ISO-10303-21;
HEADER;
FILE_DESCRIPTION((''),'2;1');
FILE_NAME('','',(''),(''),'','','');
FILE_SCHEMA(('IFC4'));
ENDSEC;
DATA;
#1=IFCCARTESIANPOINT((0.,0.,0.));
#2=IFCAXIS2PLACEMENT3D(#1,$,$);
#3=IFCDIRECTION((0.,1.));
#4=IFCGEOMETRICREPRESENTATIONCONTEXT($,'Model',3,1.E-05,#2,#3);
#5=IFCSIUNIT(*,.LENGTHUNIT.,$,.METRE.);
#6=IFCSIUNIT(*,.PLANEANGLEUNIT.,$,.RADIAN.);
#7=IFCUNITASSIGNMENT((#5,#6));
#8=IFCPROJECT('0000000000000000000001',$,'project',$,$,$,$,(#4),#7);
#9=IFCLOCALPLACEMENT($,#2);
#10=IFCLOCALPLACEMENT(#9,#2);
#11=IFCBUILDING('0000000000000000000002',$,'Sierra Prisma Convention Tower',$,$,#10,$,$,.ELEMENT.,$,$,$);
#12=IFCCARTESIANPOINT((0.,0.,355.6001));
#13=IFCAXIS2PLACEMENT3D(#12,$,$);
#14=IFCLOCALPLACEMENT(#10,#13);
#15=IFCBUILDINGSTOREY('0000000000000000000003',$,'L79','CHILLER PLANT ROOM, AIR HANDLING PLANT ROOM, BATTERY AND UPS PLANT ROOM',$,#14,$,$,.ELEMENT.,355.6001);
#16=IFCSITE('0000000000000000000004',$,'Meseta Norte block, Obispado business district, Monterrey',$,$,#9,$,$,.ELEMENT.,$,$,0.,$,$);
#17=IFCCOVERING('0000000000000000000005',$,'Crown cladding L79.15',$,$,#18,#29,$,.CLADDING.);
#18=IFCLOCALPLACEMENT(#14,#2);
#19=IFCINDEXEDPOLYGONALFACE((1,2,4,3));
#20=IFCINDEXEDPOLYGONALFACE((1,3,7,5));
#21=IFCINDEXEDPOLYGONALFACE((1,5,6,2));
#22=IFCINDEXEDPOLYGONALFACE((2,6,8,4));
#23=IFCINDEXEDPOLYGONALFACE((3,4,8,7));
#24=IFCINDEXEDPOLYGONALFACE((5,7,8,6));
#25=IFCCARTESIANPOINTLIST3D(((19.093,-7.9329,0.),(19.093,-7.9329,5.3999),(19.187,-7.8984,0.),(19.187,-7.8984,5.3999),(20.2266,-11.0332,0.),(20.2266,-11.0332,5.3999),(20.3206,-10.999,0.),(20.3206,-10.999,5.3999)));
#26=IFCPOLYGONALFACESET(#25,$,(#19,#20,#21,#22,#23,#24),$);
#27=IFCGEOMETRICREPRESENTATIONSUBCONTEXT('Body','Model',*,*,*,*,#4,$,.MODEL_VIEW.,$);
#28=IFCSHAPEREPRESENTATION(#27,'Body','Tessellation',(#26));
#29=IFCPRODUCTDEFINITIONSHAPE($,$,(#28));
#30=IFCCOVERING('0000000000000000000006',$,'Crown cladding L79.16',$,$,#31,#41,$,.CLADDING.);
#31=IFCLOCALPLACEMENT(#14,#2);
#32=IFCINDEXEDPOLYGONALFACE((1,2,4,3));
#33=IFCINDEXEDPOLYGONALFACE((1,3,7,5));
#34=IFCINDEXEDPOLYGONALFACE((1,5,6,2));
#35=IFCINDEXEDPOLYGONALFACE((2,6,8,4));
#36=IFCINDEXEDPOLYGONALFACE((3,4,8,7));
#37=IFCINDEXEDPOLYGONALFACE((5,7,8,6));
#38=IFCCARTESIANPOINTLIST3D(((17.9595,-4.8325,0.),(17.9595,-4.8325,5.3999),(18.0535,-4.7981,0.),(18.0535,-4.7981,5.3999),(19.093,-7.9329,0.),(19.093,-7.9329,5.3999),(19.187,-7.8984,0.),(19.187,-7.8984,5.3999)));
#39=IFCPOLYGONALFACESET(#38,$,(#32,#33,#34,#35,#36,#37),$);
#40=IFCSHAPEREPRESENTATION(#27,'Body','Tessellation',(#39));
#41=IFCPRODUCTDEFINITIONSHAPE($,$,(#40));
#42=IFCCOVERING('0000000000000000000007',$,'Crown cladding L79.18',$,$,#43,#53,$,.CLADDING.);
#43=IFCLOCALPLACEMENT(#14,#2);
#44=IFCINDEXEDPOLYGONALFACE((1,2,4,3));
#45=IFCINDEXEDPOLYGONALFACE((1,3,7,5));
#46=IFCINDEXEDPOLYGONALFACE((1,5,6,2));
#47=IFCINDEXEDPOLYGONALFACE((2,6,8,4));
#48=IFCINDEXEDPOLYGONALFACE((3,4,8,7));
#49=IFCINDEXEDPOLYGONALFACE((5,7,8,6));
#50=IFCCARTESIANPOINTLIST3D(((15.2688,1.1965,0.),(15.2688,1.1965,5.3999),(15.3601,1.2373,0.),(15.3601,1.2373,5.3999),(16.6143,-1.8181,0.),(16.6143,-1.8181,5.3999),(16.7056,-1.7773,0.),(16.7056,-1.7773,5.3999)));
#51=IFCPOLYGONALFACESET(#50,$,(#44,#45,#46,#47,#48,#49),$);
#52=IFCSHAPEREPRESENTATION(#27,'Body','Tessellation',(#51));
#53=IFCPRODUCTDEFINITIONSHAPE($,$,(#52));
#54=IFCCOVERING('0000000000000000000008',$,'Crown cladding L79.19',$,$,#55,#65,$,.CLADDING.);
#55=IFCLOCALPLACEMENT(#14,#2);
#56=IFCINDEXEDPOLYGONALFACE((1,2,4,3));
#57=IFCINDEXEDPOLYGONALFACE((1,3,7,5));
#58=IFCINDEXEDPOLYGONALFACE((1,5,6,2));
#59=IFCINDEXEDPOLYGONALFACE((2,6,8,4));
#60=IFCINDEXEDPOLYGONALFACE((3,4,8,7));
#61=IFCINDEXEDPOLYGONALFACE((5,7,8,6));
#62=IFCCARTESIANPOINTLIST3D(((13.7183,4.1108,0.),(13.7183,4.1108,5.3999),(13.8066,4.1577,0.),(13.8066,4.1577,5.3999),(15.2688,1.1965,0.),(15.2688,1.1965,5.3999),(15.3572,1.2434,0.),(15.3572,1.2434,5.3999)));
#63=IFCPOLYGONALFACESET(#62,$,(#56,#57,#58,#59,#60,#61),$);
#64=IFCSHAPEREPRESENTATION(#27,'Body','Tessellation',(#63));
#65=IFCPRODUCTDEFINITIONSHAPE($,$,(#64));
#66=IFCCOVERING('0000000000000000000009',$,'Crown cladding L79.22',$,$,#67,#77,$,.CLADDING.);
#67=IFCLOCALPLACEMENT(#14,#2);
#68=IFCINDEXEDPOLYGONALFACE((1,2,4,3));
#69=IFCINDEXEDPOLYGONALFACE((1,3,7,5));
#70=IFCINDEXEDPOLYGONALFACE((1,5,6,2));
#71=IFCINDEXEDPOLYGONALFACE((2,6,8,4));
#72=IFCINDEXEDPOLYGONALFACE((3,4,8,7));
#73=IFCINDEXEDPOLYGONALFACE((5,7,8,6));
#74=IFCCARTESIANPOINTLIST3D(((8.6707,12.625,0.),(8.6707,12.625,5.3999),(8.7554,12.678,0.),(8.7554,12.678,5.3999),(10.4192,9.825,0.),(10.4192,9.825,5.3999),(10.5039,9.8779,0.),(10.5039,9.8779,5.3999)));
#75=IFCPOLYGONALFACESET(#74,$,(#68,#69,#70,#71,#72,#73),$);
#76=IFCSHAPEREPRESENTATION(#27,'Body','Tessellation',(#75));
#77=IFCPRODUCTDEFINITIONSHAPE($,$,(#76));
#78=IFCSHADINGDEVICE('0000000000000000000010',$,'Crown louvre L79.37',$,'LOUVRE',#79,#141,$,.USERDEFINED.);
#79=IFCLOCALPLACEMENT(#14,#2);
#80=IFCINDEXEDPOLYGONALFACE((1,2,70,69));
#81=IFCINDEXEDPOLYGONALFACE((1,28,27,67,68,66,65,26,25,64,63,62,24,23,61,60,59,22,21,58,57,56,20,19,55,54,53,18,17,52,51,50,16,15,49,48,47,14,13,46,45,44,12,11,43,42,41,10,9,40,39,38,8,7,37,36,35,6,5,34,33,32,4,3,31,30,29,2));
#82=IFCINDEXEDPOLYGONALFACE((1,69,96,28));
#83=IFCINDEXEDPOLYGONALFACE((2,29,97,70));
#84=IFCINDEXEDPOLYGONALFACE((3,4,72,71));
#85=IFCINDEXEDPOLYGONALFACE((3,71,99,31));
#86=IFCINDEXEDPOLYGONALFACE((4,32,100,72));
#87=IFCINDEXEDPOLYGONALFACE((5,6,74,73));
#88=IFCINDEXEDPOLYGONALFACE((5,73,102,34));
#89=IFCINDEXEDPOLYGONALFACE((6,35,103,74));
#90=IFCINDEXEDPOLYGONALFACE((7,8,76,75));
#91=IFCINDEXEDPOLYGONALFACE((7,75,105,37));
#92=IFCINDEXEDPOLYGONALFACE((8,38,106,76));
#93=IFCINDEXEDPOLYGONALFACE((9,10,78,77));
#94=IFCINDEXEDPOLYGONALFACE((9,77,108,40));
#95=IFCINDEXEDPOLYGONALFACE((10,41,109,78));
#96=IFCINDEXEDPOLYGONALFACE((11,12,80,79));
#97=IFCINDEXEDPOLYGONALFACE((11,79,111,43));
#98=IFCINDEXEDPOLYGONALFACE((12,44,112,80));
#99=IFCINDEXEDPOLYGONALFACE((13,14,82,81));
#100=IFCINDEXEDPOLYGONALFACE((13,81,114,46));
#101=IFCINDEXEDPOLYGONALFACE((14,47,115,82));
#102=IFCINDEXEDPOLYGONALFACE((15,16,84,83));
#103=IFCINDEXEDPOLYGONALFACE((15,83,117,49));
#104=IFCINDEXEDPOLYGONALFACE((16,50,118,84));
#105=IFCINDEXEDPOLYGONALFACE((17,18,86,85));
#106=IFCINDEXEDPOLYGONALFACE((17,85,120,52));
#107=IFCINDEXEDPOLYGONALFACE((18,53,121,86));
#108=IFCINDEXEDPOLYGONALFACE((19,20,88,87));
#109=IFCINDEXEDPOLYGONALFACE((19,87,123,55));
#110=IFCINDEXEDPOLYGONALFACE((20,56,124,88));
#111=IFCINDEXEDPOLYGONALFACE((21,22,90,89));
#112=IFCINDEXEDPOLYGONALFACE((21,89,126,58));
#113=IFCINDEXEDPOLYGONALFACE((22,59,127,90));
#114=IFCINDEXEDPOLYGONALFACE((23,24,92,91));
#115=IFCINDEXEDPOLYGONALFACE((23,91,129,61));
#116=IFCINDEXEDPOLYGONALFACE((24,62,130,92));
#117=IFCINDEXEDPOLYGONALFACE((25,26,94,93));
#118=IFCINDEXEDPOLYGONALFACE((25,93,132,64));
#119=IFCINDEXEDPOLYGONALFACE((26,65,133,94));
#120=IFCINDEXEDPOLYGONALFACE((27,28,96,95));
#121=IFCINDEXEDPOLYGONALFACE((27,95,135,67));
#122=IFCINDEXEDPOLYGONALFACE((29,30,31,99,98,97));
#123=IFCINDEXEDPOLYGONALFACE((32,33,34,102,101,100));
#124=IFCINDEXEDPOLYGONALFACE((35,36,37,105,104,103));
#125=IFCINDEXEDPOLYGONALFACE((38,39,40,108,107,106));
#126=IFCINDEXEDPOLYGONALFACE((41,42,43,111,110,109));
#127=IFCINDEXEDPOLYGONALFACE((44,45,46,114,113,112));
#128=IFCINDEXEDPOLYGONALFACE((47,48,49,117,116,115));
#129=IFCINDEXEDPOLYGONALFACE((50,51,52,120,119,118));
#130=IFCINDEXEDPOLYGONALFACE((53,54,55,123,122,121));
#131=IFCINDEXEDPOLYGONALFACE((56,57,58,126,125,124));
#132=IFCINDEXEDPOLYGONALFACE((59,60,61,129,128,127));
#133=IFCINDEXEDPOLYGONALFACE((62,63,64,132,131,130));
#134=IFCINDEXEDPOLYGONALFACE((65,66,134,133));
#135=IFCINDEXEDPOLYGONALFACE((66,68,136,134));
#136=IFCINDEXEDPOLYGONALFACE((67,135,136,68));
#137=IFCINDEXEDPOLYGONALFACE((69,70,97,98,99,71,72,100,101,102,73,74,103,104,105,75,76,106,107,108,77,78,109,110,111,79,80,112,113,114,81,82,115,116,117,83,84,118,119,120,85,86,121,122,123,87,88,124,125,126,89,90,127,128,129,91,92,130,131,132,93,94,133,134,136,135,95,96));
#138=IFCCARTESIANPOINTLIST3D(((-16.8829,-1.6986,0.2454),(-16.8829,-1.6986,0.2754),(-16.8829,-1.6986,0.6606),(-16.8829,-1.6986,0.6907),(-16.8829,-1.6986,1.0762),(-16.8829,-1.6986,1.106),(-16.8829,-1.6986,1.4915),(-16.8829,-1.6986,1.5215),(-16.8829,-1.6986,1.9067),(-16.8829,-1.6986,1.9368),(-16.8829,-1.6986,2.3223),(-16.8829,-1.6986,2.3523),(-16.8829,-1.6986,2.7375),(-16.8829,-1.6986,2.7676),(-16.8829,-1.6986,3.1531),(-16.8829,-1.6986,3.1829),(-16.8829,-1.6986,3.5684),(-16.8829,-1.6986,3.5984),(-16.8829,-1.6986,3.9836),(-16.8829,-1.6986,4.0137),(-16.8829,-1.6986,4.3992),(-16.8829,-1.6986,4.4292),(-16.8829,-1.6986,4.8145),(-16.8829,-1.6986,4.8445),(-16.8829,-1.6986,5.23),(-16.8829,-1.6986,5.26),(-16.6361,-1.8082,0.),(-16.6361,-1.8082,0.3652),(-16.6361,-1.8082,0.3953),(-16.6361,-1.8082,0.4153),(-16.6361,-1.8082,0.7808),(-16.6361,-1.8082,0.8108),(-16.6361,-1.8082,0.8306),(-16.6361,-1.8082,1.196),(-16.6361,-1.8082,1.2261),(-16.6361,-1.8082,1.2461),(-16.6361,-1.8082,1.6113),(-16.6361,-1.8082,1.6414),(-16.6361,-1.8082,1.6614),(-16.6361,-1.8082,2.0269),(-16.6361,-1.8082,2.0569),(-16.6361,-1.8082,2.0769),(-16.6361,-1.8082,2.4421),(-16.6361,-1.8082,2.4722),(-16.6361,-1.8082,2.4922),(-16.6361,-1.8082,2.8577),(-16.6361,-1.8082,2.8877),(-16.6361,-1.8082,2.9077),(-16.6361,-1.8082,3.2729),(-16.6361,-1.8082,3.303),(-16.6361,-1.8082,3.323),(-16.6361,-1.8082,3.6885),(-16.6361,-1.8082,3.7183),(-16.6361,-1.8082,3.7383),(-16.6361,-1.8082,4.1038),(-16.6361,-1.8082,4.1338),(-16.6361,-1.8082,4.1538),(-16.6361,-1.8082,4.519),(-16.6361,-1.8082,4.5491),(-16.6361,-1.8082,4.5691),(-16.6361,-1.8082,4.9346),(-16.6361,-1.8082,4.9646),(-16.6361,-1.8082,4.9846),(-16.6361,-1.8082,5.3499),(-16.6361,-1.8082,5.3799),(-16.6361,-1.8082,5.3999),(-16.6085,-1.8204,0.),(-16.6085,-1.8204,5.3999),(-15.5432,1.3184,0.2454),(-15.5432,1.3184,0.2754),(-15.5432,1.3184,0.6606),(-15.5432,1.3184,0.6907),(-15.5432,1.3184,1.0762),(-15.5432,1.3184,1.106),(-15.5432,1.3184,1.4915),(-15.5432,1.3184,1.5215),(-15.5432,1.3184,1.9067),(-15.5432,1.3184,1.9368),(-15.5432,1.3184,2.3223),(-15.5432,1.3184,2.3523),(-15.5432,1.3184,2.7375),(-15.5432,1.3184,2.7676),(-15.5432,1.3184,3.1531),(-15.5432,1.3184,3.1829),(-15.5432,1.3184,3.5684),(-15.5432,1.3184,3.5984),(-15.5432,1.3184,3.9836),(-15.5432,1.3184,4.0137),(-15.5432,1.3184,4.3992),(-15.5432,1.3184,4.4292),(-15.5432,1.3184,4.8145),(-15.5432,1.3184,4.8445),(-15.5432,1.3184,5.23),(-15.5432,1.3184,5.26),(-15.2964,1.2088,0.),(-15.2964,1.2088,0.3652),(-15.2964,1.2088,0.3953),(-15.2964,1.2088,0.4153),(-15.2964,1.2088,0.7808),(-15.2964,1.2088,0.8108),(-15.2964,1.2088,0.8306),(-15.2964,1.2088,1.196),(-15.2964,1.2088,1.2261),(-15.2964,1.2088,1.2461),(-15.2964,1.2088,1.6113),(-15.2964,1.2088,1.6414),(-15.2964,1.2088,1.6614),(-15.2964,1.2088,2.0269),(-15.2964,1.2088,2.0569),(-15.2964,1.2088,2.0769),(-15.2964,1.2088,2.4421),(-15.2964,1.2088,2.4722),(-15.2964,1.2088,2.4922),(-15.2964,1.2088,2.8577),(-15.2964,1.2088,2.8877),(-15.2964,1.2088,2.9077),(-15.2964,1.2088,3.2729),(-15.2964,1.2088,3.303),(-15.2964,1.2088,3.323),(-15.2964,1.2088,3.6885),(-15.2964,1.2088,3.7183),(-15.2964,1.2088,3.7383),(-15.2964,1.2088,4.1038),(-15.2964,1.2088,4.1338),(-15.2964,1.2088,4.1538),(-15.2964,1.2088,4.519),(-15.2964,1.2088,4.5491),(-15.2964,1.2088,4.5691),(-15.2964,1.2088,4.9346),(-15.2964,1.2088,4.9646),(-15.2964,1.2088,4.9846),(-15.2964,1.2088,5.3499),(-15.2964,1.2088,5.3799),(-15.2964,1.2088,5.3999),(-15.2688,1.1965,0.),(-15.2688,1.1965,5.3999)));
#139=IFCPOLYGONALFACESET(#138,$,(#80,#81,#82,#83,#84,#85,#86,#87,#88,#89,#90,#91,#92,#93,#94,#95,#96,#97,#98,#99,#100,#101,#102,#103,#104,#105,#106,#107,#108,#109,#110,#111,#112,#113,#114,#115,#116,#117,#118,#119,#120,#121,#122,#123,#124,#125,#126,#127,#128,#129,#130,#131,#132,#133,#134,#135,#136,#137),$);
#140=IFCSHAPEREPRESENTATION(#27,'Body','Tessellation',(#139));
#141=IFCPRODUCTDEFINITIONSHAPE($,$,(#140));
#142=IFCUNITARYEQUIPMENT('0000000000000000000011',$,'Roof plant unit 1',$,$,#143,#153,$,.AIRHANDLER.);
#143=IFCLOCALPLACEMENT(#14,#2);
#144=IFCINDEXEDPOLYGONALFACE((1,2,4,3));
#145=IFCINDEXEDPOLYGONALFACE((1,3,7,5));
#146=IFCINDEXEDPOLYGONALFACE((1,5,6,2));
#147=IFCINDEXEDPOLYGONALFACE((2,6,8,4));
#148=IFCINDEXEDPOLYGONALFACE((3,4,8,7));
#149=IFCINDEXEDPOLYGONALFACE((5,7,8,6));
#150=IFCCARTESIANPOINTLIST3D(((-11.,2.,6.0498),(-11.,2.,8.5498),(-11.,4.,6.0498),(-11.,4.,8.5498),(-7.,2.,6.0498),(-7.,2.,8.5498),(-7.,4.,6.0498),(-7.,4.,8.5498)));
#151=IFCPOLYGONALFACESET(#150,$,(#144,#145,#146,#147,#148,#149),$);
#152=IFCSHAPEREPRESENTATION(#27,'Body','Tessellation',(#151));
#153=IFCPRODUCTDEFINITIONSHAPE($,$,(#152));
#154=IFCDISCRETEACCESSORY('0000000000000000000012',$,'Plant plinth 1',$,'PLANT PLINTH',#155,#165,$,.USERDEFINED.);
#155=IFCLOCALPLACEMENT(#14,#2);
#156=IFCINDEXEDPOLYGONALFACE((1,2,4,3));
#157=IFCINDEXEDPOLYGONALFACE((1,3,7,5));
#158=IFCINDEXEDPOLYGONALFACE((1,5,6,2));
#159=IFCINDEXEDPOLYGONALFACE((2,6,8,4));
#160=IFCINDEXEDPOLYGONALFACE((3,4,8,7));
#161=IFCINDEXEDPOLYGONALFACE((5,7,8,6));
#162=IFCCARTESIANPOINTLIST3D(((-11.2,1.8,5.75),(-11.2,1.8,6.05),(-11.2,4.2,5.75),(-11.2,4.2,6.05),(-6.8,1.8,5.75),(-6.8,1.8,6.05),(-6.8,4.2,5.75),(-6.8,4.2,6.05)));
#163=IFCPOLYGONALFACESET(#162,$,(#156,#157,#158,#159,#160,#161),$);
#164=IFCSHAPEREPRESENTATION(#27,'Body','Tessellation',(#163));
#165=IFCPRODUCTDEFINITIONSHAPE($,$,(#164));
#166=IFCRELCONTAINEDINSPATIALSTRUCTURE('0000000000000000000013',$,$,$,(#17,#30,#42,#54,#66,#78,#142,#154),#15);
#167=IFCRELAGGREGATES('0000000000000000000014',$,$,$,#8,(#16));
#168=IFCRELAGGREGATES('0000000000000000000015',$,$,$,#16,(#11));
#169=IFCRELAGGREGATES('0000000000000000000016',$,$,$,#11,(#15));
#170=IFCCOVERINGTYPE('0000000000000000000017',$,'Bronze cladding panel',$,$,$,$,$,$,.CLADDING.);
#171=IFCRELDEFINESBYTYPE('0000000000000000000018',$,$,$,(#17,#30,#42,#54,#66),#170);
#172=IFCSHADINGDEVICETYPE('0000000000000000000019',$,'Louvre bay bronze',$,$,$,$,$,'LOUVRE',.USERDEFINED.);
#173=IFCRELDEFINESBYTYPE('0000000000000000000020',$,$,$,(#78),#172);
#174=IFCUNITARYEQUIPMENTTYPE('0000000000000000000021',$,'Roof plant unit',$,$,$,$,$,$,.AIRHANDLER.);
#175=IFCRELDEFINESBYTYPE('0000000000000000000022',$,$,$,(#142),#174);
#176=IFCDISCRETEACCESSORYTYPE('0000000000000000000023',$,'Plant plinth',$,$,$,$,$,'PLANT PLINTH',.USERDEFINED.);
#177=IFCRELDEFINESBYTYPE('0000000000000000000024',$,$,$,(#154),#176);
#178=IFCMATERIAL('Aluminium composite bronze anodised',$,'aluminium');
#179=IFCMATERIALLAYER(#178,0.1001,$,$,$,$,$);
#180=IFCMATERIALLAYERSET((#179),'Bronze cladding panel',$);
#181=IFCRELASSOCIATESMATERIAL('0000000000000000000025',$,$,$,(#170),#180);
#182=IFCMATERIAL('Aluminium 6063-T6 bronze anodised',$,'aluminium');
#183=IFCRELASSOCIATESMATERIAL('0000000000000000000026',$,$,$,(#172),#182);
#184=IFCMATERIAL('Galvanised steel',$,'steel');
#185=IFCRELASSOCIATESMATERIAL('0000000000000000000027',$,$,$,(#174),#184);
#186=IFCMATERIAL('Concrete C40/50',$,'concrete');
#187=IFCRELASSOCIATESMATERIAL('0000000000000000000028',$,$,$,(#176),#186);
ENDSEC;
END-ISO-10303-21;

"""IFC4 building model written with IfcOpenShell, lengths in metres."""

from ifc_helpers import new_model, si_unit, direction, frame, origin, origin_2d, place, context, subcontext, project, spatial, polyline, rectangle, outline, extrude, material, layer, layer_set, type_object, element, save


model = new_model("IFC4")

# Units and contexts
model_context = context("Model", 3, precision=1e-05, world=origin(), true_north=direction((0.0, 1.0)))
body_context = subcontext(model_context, "Body", "Model", "MODEL_VIEW")
ifc_project = project(units=[si_unit("LENGTHUNIT", "METRE"), si_unit("PLANEANGLEUNIT", "RADIAN")], contexts=[model_context])

# Site, building, storey
site_placement = place(None, origin())
site = spatial("IfcSite", under=ifc_project, at=site_placement, Name="Meseta Norte block, Obispado business district, Monterrey", CompositionType="ELEMENT", RefElevation=0.0)
building_placement = place(site_placement, origin())
building = spatial("IfcBuilding", under=site, at=building_placement, Name="Sierra Prisma Convention Tower", CompositionType="ELEMENT")
storey_placement = place(building_placement, frame((0.0, 0.0, 355.6001)))
storey = spatial("IfcBuildingStorey", under=building, at=storey_placement, Name="L79", Description="CHILLER PLANT ROOM, AIR HANDLING PLANT ROOM, BATTERY AND UPS PLANT ROOM", CompositionType="ELEMENT", Elevation=355.6001)

# Coverings
ifc_material_1 = material(Name="Aluminium composite bronze anodised", Category="aluminium")
ifc_layer_1 = layer(ifc_material_1, 0.1001)
ifc_layer_set_1 = layer_set([ifc_layer_1], Name="Bronze cladding panel")
covering_type = type_object("IfcCoveringType", Name="Bronze cladding panel", PredefinedType="CLADDING", material=ifc_layer_set_1)
covering_1_placement = place(storey_placement, origin())
element("IfcCovering", 1, at=covering_1_placement, inside=storey, type_object=covering_type, Name="Crown cladding L79.15", PredefinedType="CLADDING", context=body_context, shape_type="SweptSolid", body=[
    extrude(outline(polyline([(20.2266, -11.0332), (19.093, -7.9329), (19.187, -7.8984), (20.3206, -10.999), (20.2266, -11.0332)])), origin(), (0.0, 0.0, 1.0), 5.3999),
])
covering_2_placement = place(storey_placement, origin())
element("IfcCovering", 2, at=covering_2_placement, inside=storey, type_object=covering_type, Name="Crown cladding L79.16", PredefinedType="CLADDING", context=body_context, shape_type="SweptSolid", body=[
    extrude(outline(polyline([(19.093, -7.9329), (17.9595, -4.8325), (18.0535, -4.7981), (19.187, -7.8984), (19.093, -7.9329)])), origin(), (0.0, 0.0, 1.0), 5.3999),
])
covering_3_placement = place(storey_placement, origin())
element("IfcCovering", 3, at=covering_3_placement, inside=storey, type_object=covering_type, Name="Crown cladding L79.18", PredefinedType="CLADDING", context=body_context, shape_type="SweptSolid", body=[
    extrude(outline(polyline([(16.6143, -1.8181), (15.2688, 1.1965), (15.3601, 1.2373), (16.7056, -1.7773), (16.6143, -1.8181)])), origin(), (0.0, 0.0, 1.0), 5.3999),
])
covering_4_placement = place(storey_placement, origin())
element("IfcCovering", 4, at=covering_4_placement, inside=storey, type_object=covering_type, Name="Crown cladding L79.19", PredefinedType="CLADDING", context=body_context, shape_type="SweptSolid", body=[
    extrude(outline(polyline([(15.2688, 1.1965), (13.7183, 4.1108), (13.8066, 4.1577), (15.3572, 1.2434), (15.2688, 1.1965)])), origin(), (0.0, 0.0, 1.0), 5.3999),
])
covering_5_placement = place(storey_placement, origin())
element("IfcCovering", 5, at=covering_5_placement, inside=storey, type_object=covering_type, Name="Crown cladding L79.22", PredefinedType="CLADDING", context=body_context, shape_type="SweptSolid", body=[
    extrude(outline(polyline([(10.4192, 9.825), (8.6707, 12.625), (8.7554, 12.678), (10.5039, 9.8779), (10.4192, 9.825)])), origin(), (0.0, 0.0, 1.0), 5.3999),
])

# Shading device
ifc_material_2 = material(Name="Aluminium 6063-T6 bronze anodised", Category="aluminium")
shading_device_type = type_object("IfcShadingDeviceType", Name="Louvre bay bronze", ElementType="LOUVRE", PredefinedType="USERDEFINED", material=ifc_material_2)
shading_device_placement = place(storey_placement, frame((-15.2688, 1.1965, 0.0), z_axis=(0.405852, 0.913939, 0.0), x_axis=(0.0, 0.0, 1.0)))
element("IfcShadingDevice", 6, at=shading_device_placement, inside=storey, type_object=shading_device_type, Name="Crown louvre L79.37", ObjectType="LOUVRE", PredefinedType="USERDEFINED", context=body_context, shape_type="SweptSolid", body=[
    extrude(outline(polyline([(0.0, 0.0), (5.3999, 0.0), (5.3999, -0.0302), (5.3799, -0.0302), (5.26, -0.3002), (5.23, -0.3002), (5.3499, -0.0302), (4.9846, -0.0302), (4.9646, -0.0302), (4.8445, -0.3002), (4.8145, -0.3002), (4.9346, -0.0302), (4.5691, -0.0302), (4.5491, -0.0302), (4.4292, -0.3002), (4.3992, -0.3002), (4.519, -0.0302), (4.1538, -0.0302), (4.1338, -0.0302), (4.0137, -0.3002), (3.9836, -0.3002), (4.1038, -0.0302), (3.7383, -0.0302), (3.7183, -0.0302), (3.5984, -0.3002), (3.5684, -0.3002), (3.6885, -0.0302), (3.323, -0.0302), (3.303, -0.0302), (3.1829, -0.3002), (3.1531, -0.3002), (3.2729, -0.0302), (2.9077, -0.0302), (2.8877, -0.0302), (2.7676, -0.3002), (2.7375, -0.3002), (2.8577, -0.0302), (2.4922, -0.0302), (2.4722, -0.0302), (2.3523, -0.3002), (2.3223, -0.3002), (2.4421, -0.0302), (2.0769, -0.0302), (2.0569, -0.0302), (1.9368, -0.3002), (1.9067, -0.3002), (2.0269, -0.0302), (1.6614, -0.0302), (1.6414, -0.0302), (1.5215, -0.3002), (1.4915, -0.3002), (1.6113, -0.0302), (1.2461, -0.0302), (1.2261, -0.0302), (1.106, -0.3002), (1.0762, -0.3002), (1.196, -0.0302), (0.8306, -0.0302), (0.8108, -0.0302), (0.6907, -0.3002), (0.6606, -0.3002), (0.7808, -0.0302), (0.4153, -0.0302), (0.3953, -0.0302), (0.2754, -0.3002), (0.2454, -0.3002), (0.3652, -0.0302), (0.0, -0.0302), (0.0, 0.0)])), origin(), (0.0, 0.0, -1.0), 3.301),
])

# Unitary equipment
ifc_material_3 = material(Name="Galvanised steel", Category="steel")
unitary_equipment_type = type_object("IfcUnitaryEquipmentType", Name="Roof plant unit", PredefinedType="AIRHANDLER", material=ifc_material_3)
unitary_equipment_placement = place(storey_placement, frame((-9.0, 3.0, 6.0498), z_axis=(0.0, 0.0, 1.0), x_axis=(1.0, 0.0, 0.0)))
element("IfcUnitaryEquipment", 7, at=unitary_equipment_placement, inside=storey, type_object=unitary_equipment_type, Name="Roof plant unit 1", PredefinedType="AIRHANDLER", context=body_context, shape_type="SweptSolid", body=[
    extrude(rectangle(XDim=4.0, YDim=2.0, at=origin_2d()), origin(), (0.0, 0.0, 1.0), 2.5),
])

# Discrete accessory
ifc_material_4 = material(Name="Concrete C40/50", Category="concrete")
discrete_accessory_type = type_object("IfcDiscreteAccessoryType", Name="Plant plinth", ElementType="PLANT PLINTH", PredefinedType="USERDEFINED", material=ifc_material_4)
discrete_accessory_placement = place(storey_placement, frame((-9.0, 3.0, 5.75), z_axis=(0.0, 0.0, 1.0), x_axis=(1.0, 0.0, 0.0)))
element("IfcDiscreteAccessory", 8, at=discrete_accessory_placement, inside=storey, type_object=discrete_accessory_type, Name="Plant plinth 1", ObjectType="PLANT PLINTH", PredefinedType="USERDEFINED", context=body_context, shape_type="SweptSolid", body=[
    extrude(rectangle(XDim=4.3999, YDim=2.3999, at=origin_2d()), origin(), (0.0, 0.0, 1.0), 0.3),
])

save(model, "model.ifc")
